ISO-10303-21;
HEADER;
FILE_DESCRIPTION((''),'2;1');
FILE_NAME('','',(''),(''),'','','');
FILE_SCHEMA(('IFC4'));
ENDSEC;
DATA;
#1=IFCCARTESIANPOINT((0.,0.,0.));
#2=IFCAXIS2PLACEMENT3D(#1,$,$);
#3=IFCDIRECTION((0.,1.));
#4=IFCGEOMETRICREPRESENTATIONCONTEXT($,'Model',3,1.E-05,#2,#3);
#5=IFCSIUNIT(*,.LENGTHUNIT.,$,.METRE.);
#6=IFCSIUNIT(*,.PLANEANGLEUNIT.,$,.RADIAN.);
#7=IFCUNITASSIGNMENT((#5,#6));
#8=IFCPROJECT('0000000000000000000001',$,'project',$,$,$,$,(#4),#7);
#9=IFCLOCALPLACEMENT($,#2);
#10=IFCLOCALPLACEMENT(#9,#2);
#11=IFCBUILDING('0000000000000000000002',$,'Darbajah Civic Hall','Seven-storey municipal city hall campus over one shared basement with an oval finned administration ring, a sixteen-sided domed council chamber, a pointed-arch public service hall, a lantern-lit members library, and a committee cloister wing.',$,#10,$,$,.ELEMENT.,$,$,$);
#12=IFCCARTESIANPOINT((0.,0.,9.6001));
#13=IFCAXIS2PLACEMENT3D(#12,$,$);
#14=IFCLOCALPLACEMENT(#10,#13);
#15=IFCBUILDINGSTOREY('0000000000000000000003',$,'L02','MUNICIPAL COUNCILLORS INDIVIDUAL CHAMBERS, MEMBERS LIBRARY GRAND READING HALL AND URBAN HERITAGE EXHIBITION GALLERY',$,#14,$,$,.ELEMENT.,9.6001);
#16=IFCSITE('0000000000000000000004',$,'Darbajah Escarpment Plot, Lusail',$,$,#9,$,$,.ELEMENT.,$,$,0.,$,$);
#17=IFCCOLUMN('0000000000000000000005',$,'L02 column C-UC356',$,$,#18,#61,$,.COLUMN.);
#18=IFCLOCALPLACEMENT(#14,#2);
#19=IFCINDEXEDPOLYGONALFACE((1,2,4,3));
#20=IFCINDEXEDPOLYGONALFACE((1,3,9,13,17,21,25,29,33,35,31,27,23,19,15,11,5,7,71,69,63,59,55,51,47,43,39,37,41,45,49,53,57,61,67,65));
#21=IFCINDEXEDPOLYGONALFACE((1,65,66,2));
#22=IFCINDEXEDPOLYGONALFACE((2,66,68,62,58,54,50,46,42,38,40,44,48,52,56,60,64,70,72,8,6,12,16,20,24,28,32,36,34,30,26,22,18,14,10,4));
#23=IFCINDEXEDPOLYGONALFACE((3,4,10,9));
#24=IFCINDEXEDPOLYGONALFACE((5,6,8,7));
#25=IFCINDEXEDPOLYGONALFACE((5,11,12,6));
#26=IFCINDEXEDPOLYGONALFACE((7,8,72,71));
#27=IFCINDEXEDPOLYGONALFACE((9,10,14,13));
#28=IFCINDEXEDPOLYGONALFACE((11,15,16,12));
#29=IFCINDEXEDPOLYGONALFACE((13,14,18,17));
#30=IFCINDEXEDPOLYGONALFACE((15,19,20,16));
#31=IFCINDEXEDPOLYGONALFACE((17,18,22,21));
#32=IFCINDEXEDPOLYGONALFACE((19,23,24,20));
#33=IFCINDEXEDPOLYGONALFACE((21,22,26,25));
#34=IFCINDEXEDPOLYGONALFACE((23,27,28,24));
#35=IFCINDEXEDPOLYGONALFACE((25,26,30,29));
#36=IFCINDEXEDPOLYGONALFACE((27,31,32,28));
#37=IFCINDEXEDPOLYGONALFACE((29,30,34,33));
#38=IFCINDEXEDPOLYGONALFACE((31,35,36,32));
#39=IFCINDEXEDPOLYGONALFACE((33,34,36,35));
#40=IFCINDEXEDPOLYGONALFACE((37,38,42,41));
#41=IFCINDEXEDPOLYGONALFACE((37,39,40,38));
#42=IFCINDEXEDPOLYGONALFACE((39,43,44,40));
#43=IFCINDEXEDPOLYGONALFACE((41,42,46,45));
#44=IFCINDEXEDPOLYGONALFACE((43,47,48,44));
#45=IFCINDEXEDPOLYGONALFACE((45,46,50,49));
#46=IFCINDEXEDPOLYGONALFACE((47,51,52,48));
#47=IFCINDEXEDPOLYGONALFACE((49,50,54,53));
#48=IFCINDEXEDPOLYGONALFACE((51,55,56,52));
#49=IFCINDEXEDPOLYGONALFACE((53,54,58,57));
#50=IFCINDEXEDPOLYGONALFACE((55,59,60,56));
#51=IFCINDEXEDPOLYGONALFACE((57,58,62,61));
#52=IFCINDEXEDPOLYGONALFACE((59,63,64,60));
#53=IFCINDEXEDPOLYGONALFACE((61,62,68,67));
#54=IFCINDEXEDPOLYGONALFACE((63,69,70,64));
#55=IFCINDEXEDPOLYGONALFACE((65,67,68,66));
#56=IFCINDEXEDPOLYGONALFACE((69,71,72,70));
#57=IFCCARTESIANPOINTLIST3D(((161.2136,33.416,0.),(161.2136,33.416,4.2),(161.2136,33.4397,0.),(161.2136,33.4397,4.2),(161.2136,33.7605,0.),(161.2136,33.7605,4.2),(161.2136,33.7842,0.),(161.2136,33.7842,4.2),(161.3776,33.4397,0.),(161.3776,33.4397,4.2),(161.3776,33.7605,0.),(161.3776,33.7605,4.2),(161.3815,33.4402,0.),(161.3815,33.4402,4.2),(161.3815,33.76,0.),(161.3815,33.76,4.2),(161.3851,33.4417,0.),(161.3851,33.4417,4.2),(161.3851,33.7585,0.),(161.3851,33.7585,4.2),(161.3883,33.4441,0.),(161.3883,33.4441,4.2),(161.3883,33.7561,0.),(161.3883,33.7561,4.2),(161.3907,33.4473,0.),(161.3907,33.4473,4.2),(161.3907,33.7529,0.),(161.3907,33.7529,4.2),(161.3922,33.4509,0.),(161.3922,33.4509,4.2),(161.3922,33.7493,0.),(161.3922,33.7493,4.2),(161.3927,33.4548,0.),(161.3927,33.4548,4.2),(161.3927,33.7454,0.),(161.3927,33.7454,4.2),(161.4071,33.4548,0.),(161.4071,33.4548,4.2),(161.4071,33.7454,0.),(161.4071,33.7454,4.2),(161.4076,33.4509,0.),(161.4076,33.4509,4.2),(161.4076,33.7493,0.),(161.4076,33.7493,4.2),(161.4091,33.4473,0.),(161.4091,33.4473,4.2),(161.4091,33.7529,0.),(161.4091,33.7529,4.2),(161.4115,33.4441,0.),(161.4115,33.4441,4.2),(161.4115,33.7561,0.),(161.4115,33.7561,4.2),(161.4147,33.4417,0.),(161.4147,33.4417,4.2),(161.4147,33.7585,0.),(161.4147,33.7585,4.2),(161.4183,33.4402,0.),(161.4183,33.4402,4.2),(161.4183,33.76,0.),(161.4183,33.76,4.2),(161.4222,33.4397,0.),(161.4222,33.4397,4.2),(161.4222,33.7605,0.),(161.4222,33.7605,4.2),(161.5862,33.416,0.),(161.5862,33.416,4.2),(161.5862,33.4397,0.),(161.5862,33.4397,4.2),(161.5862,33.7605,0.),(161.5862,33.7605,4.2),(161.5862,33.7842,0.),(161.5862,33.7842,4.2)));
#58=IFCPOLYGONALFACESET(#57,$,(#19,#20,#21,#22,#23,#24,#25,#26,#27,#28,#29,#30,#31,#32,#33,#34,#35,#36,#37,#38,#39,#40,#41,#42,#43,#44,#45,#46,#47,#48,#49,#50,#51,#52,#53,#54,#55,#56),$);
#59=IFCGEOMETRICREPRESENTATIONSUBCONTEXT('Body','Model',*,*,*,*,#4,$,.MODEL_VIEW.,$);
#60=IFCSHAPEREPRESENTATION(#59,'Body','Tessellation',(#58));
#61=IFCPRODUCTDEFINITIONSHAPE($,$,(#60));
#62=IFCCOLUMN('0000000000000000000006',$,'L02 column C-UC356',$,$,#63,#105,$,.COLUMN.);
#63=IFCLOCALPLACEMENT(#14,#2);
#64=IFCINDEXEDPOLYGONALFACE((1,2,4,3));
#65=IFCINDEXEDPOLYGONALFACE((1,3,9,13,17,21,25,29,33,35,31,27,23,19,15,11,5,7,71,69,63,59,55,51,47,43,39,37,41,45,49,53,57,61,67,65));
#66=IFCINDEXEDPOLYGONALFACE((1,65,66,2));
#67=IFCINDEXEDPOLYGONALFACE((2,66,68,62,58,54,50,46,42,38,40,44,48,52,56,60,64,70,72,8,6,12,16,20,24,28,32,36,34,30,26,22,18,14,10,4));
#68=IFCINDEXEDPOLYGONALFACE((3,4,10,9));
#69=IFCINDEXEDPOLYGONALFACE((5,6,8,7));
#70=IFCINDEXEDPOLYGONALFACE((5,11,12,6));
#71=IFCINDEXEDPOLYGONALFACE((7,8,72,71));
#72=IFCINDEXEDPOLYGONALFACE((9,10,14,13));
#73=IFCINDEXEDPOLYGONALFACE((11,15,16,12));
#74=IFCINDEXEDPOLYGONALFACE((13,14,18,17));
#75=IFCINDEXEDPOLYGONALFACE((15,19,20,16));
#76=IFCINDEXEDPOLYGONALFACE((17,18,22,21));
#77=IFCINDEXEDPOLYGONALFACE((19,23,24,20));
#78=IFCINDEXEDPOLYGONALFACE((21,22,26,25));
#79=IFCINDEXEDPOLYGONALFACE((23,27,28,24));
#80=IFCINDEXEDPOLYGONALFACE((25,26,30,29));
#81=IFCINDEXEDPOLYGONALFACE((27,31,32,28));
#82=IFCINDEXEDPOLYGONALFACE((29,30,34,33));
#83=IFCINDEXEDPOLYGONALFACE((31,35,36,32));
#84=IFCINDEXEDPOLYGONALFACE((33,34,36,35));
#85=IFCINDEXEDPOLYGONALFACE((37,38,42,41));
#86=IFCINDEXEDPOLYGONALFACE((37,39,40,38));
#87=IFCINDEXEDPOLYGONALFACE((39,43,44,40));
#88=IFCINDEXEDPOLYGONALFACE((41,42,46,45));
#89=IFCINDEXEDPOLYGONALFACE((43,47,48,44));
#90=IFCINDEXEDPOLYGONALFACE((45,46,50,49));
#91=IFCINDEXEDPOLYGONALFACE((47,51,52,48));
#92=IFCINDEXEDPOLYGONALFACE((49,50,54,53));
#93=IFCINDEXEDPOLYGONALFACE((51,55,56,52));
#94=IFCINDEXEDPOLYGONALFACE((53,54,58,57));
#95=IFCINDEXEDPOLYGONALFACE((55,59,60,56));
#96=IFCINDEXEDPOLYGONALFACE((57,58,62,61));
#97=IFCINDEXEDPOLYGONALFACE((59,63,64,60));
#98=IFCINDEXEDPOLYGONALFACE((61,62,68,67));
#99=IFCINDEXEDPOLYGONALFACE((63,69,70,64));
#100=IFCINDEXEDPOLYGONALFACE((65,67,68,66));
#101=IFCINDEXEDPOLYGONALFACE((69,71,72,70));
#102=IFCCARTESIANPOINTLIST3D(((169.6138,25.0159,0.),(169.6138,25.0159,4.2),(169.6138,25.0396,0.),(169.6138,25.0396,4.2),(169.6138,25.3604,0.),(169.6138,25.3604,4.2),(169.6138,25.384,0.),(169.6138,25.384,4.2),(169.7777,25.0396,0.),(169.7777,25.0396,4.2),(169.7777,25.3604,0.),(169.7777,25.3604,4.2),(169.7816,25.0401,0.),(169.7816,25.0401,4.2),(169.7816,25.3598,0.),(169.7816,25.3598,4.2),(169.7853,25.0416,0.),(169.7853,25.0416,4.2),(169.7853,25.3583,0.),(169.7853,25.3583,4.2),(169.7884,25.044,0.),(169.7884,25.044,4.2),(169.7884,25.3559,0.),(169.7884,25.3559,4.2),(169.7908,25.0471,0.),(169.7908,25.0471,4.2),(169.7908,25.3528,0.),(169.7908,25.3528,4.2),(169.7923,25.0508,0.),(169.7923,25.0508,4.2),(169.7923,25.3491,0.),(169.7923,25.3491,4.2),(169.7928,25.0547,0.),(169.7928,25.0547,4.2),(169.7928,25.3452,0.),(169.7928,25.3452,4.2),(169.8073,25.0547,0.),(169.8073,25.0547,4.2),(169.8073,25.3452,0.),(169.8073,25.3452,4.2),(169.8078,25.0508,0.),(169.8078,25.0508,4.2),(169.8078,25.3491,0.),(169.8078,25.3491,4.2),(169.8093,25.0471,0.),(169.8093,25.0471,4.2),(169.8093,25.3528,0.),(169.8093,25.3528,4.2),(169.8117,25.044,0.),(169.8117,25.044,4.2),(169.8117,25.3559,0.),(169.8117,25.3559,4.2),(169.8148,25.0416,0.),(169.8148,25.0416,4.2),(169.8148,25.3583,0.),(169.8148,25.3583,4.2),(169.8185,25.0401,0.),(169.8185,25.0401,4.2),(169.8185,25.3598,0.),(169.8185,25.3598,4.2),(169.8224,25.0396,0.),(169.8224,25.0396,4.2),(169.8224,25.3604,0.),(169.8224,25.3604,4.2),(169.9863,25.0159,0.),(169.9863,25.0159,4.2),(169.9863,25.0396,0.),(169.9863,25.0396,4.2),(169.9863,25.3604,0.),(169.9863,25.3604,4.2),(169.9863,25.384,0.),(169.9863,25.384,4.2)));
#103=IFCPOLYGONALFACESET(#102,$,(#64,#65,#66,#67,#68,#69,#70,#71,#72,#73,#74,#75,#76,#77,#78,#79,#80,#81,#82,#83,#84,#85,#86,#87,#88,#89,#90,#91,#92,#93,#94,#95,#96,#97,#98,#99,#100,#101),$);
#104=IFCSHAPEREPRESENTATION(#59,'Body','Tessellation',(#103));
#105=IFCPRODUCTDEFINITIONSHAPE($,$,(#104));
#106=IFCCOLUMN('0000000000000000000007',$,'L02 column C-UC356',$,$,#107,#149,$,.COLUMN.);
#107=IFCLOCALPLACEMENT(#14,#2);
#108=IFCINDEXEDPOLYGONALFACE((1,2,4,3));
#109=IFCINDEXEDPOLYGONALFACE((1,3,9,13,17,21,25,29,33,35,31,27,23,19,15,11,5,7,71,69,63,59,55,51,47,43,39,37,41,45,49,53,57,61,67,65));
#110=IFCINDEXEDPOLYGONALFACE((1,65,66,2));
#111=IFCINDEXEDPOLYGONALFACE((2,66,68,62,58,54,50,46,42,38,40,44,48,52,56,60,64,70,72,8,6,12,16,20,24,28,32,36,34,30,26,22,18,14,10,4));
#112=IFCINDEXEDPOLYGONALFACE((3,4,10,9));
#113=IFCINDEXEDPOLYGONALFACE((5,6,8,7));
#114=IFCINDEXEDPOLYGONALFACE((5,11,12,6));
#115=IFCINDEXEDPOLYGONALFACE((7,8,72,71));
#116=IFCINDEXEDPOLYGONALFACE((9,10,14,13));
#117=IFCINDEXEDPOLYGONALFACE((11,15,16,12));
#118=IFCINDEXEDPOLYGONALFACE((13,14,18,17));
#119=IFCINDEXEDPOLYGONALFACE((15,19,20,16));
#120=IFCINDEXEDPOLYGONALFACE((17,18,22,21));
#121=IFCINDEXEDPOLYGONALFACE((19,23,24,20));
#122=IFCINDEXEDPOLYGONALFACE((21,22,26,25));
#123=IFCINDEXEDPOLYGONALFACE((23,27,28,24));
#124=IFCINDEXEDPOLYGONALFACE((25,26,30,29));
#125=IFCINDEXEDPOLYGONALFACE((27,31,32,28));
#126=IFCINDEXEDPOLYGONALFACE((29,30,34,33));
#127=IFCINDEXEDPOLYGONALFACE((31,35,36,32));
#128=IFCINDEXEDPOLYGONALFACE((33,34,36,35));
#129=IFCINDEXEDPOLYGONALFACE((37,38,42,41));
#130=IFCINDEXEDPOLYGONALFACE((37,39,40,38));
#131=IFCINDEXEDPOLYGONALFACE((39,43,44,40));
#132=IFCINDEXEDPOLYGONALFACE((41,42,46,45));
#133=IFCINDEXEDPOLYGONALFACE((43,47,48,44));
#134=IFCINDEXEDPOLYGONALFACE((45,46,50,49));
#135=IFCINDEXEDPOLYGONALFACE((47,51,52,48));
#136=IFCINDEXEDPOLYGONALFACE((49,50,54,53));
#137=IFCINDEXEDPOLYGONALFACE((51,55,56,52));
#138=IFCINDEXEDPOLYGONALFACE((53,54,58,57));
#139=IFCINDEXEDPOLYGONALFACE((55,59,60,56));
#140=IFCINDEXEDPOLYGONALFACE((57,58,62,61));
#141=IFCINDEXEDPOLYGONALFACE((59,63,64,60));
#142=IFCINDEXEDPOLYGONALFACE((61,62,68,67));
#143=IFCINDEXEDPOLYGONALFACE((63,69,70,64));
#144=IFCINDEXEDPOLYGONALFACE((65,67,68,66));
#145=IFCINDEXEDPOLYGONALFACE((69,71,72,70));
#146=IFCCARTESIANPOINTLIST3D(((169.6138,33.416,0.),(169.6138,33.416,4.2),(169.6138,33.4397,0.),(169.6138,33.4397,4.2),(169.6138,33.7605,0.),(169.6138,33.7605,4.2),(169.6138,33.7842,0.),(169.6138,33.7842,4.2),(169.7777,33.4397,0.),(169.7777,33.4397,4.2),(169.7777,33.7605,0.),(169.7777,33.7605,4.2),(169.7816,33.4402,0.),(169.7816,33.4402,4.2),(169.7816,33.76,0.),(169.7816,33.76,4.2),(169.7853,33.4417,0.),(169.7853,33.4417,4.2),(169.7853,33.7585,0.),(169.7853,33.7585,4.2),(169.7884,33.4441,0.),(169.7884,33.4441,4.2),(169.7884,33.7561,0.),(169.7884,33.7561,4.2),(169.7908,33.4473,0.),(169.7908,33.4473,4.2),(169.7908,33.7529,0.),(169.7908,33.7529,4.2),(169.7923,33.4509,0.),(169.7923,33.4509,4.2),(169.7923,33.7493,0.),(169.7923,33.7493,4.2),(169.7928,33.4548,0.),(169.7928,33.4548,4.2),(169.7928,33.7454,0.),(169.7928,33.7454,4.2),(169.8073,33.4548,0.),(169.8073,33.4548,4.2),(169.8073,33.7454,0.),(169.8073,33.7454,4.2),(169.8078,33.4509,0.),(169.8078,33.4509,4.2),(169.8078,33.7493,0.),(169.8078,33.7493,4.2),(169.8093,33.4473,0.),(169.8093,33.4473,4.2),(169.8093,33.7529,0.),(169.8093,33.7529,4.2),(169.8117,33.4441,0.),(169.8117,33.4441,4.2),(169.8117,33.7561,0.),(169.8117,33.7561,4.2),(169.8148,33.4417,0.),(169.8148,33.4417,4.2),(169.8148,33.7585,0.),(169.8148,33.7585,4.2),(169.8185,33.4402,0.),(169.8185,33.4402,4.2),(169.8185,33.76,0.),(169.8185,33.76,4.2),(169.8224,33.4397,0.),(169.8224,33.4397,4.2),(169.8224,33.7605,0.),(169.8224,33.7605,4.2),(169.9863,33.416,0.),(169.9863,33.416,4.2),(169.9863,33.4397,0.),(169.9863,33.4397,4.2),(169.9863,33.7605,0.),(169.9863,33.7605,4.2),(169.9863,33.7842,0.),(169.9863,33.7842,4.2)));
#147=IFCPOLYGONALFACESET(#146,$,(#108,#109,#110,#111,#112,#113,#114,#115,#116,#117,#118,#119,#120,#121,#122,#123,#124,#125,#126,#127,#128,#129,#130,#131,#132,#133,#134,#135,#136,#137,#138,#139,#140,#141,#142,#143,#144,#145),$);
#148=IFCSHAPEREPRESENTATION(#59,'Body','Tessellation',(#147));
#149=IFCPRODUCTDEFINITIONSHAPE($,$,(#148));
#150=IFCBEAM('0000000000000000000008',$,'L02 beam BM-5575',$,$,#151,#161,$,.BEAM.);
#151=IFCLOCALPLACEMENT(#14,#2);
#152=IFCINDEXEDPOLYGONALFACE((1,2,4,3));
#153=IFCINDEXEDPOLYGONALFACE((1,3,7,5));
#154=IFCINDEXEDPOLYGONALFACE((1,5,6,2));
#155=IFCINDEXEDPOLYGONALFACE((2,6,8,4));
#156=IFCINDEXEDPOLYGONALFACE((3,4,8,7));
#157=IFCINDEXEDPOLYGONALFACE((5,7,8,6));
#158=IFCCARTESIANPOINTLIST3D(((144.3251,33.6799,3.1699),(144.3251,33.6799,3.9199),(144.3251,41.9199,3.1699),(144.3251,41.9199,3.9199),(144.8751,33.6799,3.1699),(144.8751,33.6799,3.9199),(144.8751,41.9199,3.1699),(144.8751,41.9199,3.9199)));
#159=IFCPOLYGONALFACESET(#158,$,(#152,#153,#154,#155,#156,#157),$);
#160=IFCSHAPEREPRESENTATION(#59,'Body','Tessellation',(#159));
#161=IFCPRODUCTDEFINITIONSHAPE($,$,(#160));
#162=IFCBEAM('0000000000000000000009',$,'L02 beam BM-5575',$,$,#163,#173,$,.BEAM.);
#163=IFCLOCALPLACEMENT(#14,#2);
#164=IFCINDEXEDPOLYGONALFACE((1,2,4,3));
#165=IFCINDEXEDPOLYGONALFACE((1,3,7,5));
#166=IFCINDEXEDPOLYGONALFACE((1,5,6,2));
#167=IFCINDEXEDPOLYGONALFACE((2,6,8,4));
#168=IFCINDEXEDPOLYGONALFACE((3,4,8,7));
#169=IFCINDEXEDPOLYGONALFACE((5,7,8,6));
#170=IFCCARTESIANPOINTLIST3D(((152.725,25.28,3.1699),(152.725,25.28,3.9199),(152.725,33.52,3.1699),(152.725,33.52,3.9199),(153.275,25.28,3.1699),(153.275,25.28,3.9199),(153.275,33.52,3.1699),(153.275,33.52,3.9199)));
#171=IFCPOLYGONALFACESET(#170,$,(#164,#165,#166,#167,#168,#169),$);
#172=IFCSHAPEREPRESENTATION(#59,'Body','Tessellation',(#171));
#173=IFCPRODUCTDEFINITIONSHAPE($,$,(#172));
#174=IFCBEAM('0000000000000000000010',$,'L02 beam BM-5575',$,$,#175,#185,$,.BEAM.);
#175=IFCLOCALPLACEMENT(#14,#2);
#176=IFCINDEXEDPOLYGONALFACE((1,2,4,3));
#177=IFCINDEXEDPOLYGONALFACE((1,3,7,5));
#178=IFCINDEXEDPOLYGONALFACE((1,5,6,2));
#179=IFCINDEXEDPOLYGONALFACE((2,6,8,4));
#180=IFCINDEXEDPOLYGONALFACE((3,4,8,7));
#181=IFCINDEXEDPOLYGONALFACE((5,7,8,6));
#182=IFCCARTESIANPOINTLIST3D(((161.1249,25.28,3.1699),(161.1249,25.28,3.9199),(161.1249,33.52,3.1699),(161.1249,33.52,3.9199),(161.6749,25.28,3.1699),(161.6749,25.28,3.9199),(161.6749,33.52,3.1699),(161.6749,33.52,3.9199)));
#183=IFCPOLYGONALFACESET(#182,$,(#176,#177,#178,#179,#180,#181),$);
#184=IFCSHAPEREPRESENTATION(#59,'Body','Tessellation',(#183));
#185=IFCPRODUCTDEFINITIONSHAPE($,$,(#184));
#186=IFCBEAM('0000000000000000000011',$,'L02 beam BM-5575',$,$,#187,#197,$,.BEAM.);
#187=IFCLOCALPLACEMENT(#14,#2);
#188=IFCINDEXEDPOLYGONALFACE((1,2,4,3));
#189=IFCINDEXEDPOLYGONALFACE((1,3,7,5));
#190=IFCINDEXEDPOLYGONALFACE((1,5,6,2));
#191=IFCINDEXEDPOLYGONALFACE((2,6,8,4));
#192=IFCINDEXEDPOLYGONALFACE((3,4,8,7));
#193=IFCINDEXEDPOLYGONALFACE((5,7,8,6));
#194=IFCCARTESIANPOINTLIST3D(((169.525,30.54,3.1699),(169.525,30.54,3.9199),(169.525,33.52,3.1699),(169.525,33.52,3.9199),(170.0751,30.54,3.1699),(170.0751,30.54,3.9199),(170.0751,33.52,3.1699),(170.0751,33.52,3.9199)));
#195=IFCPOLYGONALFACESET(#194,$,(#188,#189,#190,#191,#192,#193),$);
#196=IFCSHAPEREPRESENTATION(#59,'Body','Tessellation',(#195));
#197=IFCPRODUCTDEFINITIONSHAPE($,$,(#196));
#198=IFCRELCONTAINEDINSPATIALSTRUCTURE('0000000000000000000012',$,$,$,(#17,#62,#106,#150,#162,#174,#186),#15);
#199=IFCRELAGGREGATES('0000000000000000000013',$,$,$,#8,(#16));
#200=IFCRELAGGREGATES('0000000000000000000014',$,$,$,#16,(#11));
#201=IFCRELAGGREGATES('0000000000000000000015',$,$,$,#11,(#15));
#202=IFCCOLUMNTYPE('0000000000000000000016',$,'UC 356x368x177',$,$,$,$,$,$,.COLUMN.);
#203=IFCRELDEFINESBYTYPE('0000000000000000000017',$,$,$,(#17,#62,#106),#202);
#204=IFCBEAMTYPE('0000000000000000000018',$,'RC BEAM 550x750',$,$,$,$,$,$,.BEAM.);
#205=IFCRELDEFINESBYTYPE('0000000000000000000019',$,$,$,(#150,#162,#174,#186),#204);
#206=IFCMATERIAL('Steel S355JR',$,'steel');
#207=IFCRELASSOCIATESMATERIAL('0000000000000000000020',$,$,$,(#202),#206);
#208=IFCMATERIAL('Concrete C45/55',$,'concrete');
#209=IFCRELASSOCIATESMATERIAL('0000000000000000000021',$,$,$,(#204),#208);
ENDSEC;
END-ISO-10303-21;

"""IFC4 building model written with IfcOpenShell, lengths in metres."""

from ifc_helpers import new_model, si_unit, direction, frame, origin, origin_2d, place, context, subcontext, project, spatial, rectangle, i_section, extrude, material, material_profile, profile_set, type_object, element, save


model = new_model("IFC4")

# Units and contexts
model_context = context("Model", 3, precision=1e-05, world=origin(), true_north=direction((0.0, 1.0)))
body_context = subcontext(model_context, "Body", "Model", "MODEL_VIEW")
ifc_project = project(units=[si_unit("LENGTHUNIT", "METRE"), si_unit("PLANEANGLEUNIT", "RADIAN")], contexts=[model_context])

# Site, building, storey
site_placement = place(None, origin())
site = spatial("IfcSite", under=ifc_project, at=site_placement, Name="Darbajah Escarpment Plot, Lusail", CompositionType="ELEMENT", RefElevation=0.0)
building_placement = place(site_placement, origin())
building = spatial("IfcBuilding", under=site, at=building_placement, Name="Darbajah Civic Hall", Description="Seven-storey municipal city hall campus over one shared basement with an oval finned administration ring, a sixteen-sided domed council chamber, a pointed-arch public service hall, a lantern-lit members library, and a committee cloister wing.", CompositionType="ELEMENT")
storey_placement = place(building_placement, frame((0.0, 0.0, 9.6001)))
storey = spatial("IfcBuildingStorey", under=building, at=storey_placement, Name="L02", Description="MUNICIPAL COUNCILLORS INDIVIDUAL CHAMBERS, MEMBERS LIBRARY GRAND READING HALL AND URBAN HERITAGE EXHIBITION GALLERY", CompositionType="ELEMENT", Elevation=9.6001)

# Columns
ifc_material_1 = material(Name="Steel S355JR", Category="steel")
ifc_material_profile_1 = material_profile(ifc_material_1, i_section(OverallWidth=0.3726, OverallDepth=0.3682, WebThickness=0.0144, FlangeThickness=0.0237, FilletRadius=0.0151, at=origin_2d()), Name="UC 356x368x177")
ifc_profile_set_1 = profile_set([ifc_material_profile_1], Name="Steel S355JR")
column_type = type_object("IfcColumnType", Name="UC 356x368x177", PredefinedType="COLUMN", material=ifc_profile_set_1)
for number, where, z_axis, x_axis, name in (
    (1, (161.3999, 33.6001, 0.0), (0.0, 0.0, 1.0), (1.0, 0.0, 0.0), "L02 column C-UC356"),
    (2, (169.8, 25.2, 0.0), (0.0, 0.0, 1.0), (1.0, 0.0, 0.0), "L02 column C-UC356"),
    (3, (169.8, 33.6001, 0.0), (0.0, 0.0, 1.0), (1.0, 0.0, 0.0), "L02 column C-UC356"),
):
    element("IfcColumn", number, at=place(storey_placement, frame(where, z_axis=z_axis, x_axis=x_axis)), inside=storey, type_object=column_type, Name=name, PredefinedType="COLUMN", context=body_context, shape_type="SweptSolid", body=[
        extrude(i_section(OverallWidth=0.3726, OverallDepth=0.3682, WebThickness=0.0144, FlangeThickness=0.0237, FilletRadius=0.0151, at=origin_2d()), origin(), (0.0, 0.0, 1.0), 4.2),
    ])

# Beams
ifc_material_2 = material(Name="Concrete C45/55", Category="concrete")
ifc_material_profile_2 = material_profile(ifc_material_2, rectangle(XDim=0.55, YDim=0.75, at=origin_2d()), Name="RC BEAM 550x750")
ifc_profile_set_2 = profile_set([ifc_material_profile_2], Name="Concrete C45/55")
beam_type_1 = type_object("IfcBeamType", Name="RC BEAM 550x750", PredefinedType="BEAM", material=ifc_profile_set_2)
for number, where, z_axis, x_axis, name in (
    (4, (144.6001, 33.6799, 3.5449), (0.0, 1.0, 0.0), (-1.0, 0.0, 0.0), "L02 beam BM-5575"),
    (5, (153.0, 25.28, 3.5449), (0.0, 1.0, 0.0), (-1.0, 0.0, 0.0), "L02 beam BM-5575"),
    (6, (161.3999, 25.28, 3.5449), (0.0, 1.0, 0.0), (-1.0, 0.0, 0.0), "L02 beam BM-5575"),
):
    element("IfcBeam", number, at=place(storey_placement, frame(where, z_axis=z_axis, x_axis=x_axis)), inside=storey, type_object=beam_type_1, Name=name, PredefinedType="BEAM", context=body_context, shape_type="SweptSolid", body=[
        extrude(rectangle(XDim=0.55, YDim=0.75, at=origin_2d()), origin(), (0.0, 0.0, 1.0), 8.24),
    ])
beam_1_placement = place(storey_placement, frame((169.8, 30.54, 3.5449), z_axis=(0.0, 1.0, 0.0), x_axis=(-1.0, 0.0, 0.0)))
element("IfcBeam", 7, at=beam_1_placement, inside=storey, type_object=beam_type_1, Name="L02 beam BM-5575", PredefinedType="BEAM", context=body_context, shape_type="SweptSolid", body=[
    extrude(rectangle(XDim=0.55, YDim=0.75, at=origin_2d()), origin(), (0.0, 0.0, 1.0), 2.98),
])

save(model, "model.ifc")
